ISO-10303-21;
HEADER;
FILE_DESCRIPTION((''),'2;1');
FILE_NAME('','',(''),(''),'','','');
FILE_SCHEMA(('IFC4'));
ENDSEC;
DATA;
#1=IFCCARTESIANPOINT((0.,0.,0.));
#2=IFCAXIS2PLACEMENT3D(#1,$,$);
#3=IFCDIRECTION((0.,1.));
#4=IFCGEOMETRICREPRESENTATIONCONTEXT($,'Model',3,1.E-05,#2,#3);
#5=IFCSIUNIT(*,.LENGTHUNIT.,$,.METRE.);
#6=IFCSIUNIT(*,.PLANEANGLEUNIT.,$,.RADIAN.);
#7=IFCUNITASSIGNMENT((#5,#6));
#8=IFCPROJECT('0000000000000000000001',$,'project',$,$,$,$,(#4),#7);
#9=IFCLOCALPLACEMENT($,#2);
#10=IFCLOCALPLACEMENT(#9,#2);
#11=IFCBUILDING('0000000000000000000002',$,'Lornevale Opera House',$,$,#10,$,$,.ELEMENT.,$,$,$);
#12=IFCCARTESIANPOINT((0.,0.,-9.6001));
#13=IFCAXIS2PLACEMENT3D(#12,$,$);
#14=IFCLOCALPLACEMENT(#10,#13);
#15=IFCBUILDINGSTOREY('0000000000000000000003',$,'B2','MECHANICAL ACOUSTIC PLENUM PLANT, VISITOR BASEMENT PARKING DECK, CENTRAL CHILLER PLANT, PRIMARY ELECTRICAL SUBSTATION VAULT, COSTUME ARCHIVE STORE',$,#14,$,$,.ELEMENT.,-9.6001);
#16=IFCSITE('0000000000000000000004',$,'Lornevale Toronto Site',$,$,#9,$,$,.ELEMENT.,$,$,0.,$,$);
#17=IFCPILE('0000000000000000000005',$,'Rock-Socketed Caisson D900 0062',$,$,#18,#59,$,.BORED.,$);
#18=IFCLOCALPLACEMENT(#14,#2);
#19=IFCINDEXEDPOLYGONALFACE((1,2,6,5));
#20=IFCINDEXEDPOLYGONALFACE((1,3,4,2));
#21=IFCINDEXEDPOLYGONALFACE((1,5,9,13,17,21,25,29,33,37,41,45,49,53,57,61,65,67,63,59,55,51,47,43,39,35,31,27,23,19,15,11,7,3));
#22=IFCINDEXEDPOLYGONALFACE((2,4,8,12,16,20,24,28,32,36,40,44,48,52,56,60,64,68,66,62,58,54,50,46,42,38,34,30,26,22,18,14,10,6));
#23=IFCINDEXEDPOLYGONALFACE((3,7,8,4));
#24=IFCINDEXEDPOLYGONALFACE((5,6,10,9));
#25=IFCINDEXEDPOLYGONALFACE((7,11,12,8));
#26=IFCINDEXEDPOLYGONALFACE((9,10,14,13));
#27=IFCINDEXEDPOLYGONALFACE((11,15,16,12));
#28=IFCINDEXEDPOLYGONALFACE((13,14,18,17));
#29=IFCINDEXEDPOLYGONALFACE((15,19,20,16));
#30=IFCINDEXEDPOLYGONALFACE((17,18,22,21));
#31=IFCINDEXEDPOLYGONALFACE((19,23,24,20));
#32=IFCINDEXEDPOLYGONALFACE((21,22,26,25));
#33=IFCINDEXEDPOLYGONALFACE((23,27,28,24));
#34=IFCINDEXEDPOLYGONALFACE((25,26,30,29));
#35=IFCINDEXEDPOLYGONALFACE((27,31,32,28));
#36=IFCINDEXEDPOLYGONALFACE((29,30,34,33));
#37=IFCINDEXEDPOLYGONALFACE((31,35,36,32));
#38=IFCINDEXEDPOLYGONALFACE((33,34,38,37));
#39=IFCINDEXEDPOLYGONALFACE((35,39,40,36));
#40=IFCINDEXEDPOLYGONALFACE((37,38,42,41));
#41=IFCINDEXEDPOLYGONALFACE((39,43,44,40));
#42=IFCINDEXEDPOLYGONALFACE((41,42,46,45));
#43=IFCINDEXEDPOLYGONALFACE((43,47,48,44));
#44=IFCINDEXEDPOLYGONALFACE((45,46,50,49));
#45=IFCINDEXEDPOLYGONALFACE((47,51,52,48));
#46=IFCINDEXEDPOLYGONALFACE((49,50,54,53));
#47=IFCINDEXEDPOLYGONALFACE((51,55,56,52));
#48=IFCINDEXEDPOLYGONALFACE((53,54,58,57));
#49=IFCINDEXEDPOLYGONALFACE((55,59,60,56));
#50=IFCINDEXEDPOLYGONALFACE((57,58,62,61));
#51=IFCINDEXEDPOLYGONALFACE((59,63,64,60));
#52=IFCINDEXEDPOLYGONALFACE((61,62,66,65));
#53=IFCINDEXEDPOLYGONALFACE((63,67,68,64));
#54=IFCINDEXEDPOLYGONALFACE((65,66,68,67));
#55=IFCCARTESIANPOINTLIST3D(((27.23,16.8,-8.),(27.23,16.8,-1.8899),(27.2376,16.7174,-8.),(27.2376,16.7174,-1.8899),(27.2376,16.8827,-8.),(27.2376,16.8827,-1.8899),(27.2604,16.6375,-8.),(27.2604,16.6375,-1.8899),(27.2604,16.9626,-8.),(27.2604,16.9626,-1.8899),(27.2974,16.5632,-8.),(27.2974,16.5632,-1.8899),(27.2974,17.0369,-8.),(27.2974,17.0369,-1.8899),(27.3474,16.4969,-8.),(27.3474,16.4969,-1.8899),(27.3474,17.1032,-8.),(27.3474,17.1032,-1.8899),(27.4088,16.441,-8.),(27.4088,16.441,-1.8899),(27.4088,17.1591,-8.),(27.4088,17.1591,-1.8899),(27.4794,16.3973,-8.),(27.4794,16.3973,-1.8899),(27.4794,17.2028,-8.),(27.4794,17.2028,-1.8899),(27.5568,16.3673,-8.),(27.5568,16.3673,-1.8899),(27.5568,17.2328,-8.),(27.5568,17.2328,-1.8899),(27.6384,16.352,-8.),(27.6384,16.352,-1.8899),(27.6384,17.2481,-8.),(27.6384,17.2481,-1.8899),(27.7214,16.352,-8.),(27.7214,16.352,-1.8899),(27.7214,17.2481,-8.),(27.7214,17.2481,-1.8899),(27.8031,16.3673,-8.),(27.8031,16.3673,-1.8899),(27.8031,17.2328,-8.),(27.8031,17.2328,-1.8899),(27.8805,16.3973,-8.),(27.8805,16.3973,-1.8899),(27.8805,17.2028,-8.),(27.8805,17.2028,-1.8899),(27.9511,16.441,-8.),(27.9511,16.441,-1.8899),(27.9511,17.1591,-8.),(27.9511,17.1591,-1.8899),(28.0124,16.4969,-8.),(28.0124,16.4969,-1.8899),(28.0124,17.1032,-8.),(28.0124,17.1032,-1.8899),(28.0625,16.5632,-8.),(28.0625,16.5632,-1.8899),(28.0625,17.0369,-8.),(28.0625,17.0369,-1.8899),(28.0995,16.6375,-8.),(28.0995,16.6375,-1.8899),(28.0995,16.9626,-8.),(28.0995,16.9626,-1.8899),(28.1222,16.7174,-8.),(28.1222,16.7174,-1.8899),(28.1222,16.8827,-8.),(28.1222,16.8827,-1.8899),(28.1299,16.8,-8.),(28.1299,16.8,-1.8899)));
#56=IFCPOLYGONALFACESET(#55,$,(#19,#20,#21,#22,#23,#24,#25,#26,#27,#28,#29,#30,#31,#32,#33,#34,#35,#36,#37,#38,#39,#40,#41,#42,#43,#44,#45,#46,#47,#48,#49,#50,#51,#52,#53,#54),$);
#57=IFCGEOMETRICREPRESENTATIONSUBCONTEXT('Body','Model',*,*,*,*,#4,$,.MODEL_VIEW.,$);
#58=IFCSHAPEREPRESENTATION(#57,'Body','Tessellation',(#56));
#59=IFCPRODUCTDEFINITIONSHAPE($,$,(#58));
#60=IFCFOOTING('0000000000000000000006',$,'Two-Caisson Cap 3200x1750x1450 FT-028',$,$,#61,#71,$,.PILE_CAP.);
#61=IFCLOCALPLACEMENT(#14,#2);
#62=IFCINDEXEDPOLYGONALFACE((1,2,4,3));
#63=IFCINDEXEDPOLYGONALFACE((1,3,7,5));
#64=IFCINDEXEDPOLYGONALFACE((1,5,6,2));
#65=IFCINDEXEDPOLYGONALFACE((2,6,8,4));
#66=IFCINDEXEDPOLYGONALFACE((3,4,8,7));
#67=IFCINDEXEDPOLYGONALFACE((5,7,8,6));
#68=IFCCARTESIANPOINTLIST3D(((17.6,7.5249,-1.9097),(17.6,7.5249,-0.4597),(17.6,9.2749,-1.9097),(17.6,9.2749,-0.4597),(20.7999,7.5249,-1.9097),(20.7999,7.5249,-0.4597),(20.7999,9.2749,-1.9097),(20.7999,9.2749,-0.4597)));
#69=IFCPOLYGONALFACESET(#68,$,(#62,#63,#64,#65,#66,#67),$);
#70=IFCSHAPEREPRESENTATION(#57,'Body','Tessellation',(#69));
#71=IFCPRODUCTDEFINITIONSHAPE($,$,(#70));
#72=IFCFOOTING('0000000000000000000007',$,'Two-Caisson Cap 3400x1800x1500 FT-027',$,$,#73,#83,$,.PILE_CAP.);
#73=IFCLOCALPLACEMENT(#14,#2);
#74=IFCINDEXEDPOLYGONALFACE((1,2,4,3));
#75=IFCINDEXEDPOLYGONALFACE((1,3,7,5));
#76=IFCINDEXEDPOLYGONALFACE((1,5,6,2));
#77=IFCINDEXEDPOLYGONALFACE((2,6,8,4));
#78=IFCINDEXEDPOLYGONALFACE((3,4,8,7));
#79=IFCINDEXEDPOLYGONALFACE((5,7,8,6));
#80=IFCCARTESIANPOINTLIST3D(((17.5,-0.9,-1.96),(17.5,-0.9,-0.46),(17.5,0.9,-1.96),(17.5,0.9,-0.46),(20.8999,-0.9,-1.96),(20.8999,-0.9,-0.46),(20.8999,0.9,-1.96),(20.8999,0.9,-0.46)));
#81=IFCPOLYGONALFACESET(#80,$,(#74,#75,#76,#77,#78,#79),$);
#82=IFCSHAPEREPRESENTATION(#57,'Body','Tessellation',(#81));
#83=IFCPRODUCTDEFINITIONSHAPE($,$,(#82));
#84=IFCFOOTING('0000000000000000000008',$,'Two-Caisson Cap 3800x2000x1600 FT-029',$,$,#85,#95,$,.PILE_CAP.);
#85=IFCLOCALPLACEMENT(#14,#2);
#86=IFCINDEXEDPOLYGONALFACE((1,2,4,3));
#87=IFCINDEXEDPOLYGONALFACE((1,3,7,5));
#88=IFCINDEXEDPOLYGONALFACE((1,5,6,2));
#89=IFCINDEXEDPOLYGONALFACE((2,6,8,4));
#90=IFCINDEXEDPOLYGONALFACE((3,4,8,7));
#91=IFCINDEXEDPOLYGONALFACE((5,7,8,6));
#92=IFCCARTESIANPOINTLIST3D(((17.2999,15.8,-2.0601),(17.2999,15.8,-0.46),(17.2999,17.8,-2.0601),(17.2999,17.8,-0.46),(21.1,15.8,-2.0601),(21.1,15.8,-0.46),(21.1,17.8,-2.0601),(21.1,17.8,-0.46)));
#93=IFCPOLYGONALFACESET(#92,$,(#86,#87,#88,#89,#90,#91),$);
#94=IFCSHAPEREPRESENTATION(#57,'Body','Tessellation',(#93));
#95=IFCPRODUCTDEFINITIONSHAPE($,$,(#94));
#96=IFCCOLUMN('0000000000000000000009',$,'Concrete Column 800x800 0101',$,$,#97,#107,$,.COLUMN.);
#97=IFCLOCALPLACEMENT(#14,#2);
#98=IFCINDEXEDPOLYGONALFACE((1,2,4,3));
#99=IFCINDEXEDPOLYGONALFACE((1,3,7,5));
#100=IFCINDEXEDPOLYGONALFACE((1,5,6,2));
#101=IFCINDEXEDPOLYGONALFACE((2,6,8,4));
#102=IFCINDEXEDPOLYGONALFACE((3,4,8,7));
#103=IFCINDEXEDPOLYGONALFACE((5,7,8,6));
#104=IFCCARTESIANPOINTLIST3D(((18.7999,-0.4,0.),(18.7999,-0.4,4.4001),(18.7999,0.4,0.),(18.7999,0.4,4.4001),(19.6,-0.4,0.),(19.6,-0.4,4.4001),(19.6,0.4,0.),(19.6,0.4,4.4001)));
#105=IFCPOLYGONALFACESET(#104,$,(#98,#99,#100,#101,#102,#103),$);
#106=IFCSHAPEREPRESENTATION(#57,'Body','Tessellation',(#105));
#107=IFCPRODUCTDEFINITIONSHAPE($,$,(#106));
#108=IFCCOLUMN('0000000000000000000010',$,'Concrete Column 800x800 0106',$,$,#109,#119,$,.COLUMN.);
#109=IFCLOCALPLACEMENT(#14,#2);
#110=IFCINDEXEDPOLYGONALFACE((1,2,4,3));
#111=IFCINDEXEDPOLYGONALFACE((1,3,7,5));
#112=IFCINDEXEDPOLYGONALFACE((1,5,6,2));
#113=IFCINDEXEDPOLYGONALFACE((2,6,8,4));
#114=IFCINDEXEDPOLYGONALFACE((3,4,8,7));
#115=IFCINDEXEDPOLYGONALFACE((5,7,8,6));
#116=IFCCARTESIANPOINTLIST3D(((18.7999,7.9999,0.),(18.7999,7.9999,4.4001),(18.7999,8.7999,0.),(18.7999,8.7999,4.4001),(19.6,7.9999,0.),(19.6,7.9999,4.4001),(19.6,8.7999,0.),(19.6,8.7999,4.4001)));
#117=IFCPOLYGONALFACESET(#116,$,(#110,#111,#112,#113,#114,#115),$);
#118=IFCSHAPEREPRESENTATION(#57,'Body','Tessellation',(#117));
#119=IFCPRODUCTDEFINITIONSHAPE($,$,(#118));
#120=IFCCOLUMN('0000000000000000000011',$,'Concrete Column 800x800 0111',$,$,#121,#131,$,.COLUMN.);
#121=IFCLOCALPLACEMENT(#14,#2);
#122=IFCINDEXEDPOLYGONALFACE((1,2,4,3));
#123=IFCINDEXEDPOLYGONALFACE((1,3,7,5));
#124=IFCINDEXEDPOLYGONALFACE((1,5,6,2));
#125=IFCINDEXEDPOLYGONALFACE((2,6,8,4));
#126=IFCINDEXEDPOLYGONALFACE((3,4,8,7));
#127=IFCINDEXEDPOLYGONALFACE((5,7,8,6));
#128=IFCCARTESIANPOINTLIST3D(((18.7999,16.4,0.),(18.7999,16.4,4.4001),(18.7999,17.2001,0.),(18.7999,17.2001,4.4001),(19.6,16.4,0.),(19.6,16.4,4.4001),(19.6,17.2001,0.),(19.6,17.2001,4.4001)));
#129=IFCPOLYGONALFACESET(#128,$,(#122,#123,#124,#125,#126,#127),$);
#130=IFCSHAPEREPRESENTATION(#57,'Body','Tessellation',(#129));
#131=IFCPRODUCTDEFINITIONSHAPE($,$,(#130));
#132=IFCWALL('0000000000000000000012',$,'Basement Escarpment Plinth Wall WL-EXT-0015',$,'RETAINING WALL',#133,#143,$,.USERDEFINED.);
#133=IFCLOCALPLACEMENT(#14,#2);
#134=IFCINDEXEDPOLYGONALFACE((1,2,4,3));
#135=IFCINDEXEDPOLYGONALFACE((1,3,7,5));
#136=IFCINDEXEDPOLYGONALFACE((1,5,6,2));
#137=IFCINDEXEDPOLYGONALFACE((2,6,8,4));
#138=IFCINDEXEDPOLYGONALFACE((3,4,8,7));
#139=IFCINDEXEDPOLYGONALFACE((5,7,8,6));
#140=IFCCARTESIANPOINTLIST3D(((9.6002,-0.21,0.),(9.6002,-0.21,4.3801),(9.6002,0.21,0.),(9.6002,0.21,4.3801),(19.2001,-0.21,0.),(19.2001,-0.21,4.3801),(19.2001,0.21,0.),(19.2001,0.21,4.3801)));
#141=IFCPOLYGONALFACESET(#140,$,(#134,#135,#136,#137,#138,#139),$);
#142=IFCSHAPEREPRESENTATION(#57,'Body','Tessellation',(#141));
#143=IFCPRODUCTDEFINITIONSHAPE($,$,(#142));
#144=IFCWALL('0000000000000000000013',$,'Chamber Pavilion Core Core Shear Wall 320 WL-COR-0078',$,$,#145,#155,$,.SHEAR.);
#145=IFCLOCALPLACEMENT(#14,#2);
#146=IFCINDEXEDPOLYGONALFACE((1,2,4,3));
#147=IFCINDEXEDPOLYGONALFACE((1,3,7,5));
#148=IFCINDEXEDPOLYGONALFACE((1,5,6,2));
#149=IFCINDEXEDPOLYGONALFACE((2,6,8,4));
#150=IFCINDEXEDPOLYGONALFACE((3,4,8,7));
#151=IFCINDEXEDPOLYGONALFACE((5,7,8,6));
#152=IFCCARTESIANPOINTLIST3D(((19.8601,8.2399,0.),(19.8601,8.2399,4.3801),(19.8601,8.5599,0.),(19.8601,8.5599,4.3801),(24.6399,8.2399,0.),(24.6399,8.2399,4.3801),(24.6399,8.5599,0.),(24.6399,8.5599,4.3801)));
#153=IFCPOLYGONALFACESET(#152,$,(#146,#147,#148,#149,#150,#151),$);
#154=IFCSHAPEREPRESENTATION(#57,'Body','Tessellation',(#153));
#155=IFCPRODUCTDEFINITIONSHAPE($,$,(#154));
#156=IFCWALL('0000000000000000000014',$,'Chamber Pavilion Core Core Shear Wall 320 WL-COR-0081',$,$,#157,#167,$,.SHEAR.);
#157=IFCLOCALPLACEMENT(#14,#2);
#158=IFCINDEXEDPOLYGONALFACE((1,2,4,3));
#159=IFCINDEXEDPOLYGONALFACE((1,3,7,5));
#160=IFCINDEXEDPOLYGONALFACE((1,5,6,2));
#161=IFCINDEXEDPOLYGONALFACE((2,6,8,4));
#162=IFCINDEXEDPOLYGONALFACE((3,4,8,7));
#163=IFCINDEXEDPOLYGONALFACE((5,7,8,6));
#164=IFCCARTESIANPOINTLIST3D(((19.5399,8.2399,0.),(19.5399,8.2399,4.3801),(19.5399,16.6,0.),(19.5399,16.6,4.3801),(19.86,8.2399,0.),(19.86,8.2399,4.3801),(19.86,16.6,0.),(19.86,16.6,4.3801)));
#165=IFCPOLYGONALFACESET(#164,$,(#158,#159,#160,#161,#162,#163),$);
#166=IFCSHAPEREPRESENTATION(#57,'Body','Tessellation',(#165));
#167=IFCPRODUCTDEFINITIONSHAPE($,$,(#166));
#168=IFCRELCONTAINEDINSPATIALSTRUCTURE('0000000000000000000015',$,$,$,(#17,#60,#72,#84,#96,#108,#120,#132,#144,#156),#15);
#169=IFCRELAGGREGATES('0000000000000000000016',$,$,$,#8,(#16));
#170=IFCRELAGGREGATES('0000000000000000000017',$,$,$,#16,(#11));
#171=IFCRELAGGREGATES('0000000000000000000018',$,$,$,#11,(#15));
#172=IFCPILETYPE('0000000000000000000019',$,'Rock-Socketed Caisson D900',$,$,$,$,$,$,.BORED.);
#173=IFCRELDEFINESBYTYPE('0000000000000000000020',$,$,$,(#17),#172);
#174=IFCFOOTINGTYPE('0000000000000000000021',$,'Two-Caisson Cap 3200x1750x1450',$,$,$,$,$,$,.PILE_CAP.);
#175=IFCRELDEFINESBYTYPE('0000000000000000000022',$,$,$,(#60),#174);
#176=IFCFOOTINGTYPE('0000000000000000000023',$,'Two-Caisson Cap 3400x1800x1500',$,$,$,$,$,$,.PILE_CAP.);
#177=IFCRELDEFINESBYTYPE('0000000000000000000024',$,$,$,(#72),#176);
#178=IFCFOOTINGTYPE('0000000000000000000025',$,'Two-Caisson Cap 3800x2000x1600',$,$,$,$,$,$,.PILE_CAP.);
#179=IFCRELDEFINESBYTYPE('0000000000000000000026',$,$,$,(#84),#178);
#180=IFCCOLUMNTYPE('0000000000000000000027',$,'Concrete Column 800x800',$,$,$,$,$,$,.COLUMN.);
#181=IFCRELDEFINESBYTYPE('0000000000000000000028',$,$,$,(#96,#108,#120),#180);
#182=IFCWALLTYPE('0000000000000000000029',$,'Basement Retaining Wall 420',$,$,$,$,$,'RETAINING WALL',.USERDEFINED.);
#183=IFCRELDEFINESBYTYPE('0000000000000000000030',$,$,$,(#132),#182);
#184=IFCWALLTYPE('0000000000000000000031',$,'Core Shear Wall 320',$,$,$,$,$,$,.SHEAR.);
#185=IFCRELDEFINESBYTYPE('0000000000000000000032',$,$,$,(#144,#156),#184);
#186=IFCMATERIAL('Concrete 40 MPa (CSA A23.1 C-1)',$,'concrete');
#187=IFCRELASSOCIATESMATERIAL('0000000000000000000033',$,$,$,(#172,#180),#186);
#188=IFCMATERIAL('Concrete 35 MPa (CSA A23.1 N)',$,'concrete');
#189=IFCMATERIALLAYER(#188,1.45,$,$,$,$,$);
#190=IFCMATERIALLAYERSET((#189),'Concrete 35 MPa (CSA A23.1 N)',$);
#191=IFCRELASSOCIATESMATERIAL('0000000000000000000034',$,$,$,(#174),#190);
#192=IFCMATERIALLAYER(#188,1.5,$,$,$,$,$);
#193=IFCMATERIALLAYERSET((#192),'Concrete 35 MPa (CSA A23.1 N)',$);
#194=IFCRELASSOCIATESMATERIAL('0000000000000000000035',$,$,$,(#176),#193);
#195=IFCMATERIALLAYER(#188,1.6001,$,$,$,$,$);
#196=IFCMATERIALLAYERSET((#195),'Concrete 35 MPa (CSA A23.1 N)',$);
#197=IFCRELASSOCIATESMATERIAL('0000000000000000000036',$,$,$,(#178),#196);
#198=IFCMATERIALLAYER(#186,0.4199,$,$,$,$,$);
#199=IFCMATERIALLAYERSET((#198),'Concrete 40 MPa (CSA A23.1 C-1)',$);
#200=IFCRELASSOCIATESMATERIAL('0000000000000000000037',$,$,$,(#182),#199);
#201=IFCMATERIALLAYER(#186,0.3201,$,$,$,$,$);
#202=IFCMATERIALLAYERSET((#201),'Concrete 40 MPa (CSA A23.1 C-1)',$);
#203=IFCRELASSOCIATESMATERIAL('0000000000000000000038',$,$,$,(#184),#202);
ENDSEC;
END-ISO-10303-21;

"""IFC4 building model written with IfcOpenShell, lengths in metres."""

from ifc_helpers import new_model, si_unit, direction, frame, frame_2d, origin, origin_2d, place, context, subcontext, project, spatial, rectangle, circle, extrude, material, layer, layer_set, material_profile, profile_set, type_object, element, save


model = new_model("IFC4")

# Units and contexts
model_context = context("Model", 3, precision=1e-05, world=origin(), true_north=direction((0.0, 1.0)))
body_context = subcontext(model_context, "Body", "Model", "MODEL_VIEW")
ifc_project = project(units=[si_unit("LENGTHUNIT", "METRE"), si_unit("PLANEANGLEUNIT", "RADIAN")], contexts=[model_context])

# Site, building, storey
site_placement = place(None, origin())
site = spatial("IfcSite", under=ifc_project, at=site_placement, Name="Lornevale Toronto Site", CompositionType="ELEMENT", RefElevation=0.0)
building_placement = place(site_placement, origin())
building = spatial("IfcBuilding", under=site, at=building_placement, Name="Lornevale Opera House", CompositionType="ELEMENT")
storey_placement = place(building_placement, frame((0.0, 0.0, -9.6001)))
storey = spatial("IfcBuildingStorey", under=building, at=storey_placement, Name="B2", Description="MECHANICAL ACOUSTIC PLENUM PLANT, VISITOR BASEMENT PARKING DECK, CENTRAL CHILLER PLANT, PRIMARY ELECTRICAL SUBSTATION VAULT, COSTUME ARCHIVE STORE", CompositionType="ELEMENT", Elevation=-9.6001)

# Shared definitions
ifc_material_1 = material(Name="Concrete 35 MPa (CSA A23.1 N)", Category="concrete")

# Pile
ifc_material_2 = material(Name="Concrete 40 MPa (CSA A23.1 C-1)", Category="concrete")
ifc_material_profile_1 = material_profile(ifc_material_2, circle(Radius=0.45, at=origin_2d()), Name="CAIS900")
ifc_profile_set_1 = profile_set([ifc_material_profile_1], Name="Concrete 40 MPa (CSA A23.1 C-1)")
pile_type_1 = type_object("IfcPileType", Name="Rock-Socketed Caisson D900", PredefinedType="BORED", material=ifc_profile_set_1)
pile_placement = place(storey_placement, frame((27.6799, 16.8, -1.8899), z_axis=(0.0, 0.0, -1.0), x_axis=(1.0, 0.0, 0.0)))
element("IfcPile", 1, at=pile_placement, inside=storey, type_object=pile_type_1, Name="Rock-Socketed Caisson D900 0062", PredefinedType="BORED", context=body_context, shape_type="SweptSolid", body=[
    extrude(circle(Radius=0.45, at=origin_2d()), origin(), (0.0, 0.0, 1.0), 6.1101),
])

# Footings
ifc_layer_1 = layer(ifc_material_1, 1.45)
ifc_layer_set_1 = layer_set([ifc_layer_1], Name="Concrete 35 MPa (CSA A23.1 N)")
footing_type_1 = type_object("IfcFootingType", Name="Two-Caisson Cap 3200x1750x1450", PredefinedType="PILE_CAP", material=ifc_layer_set_1)
footing_1_placement = place(storey_placement, frame((19.2, 8.3999, -1.9097), z_axis=(0.0, 0.0, 1.0), x_axis=(1.0, 0.0, 0.0)))
element("IfcFooting", 2, at=footing_1_placement, inside=storey, type_object=footing_type_1, Name="Two-Caisson Cap 3200x1750x1450 FT-028", PredefinedType="PILE_CAP", context=body_context, shape_type="SweptSolid", body=[
    extrude(rectangle(XDim=3.2, YDim=1.75, at=origin_2d()), origin(), (0.0, 0.0, 1.0), 1.45),
])
ifc_layer_2 = layer(ifc_material_1, 1.5)
ifc_layer_set_2 = layer_set([ifc_layer_2], Name="Concrete 35 MPa (CSA A23.1 N)")
footing_type_2 = type_object("IfcFootingType", Name="Two-Caisson Cap 3400x1800x1500", PredefinedType="PILE_CAP", material=ifc_layer_set_2)
footing_2_placement = place(storey_placement, frame((19.2, 0.0, -1.96), z_axis=(0.0, 0.0, 1.0), x_axis=(1.0, 0.0, 0.0)))
element("IfcFooting", 3, at=footing_2_placement, inside=storey, type_object=footing_type_2, Name="Two-Caisson Cap 3400x1800x1500 FT-027", PredefinedType="PILE_CAP", context=body_context, shape_type="SweptSolid", body=[
    extrude(rectangle(XDim=3.3999, YDim=1.8, at=origin_2d()), origin(), (0.0, 0.0, 1.0), 1.5),
])
ifc_layer_3 = layer(ifc_material_1, 1.6001)
ifc_layer_set_3 = layer_set([ifc_layer_3], Name="Concrete 35 MPa (CSA A23.1 N)")
footing_type_3 = type_object("IfcFootingType", Name="Two-Caisson Cap 3800x2000x1600", PredefinedType="PILE_CAP", material=ifc_layer_set_3)
footing_3_placement = place(storey_placement, frame((19.2, 16.8, -2.0601), z_axis=(0.0, 0.0, 1.0), x_axis=(1.0, 0.0, 0.0)))
element("IfcFooting", 4, at=footing_3_placement, inside=storey, type_object=footing_type_3, Name="Two-Caisson Cap 3800x2000x1600 FT-029", PredefinedType="PILE_CAP", context=body_context, shape_type="SweptSolid", body=[
    extrude(rectangle(XDim=3.8, YDim=2.0, at=origin_2d()), origin(), (0.0, 0.0, 1.0), 1.6001),
])

# Columns
ifc_material_profile_2 = material_profile(ifc_material_2, rectangle(XDim=0.8, YDim=0.8, at=origin_2d()), Name="RC800x800")
ifc_profile_set_2 = profile_set([ifc_material_profile_2], Name="Concrete 40 MPa (CSA A23.1 C-1)")
column_type = type_object("IfcColumnType", Name="Concrete Column 800x800", PredefinedType="COLUMN", material=ifc_profile_set_2)
for number, where, z_axis, x_axis, name in (
    (5, (19.2, 0.0, 0.0), (0.0, 0.0, 1.0), (1.0, 0.0, 0.0), "Concrete Column 800x800 0101"),
    (6, (19.2, 8.3999, 0.0), (0.0, 0.0, 1.0), (1.0, 0.0, 0.0), "Concrete Column 800x800 0106"),
    (7, (19.2, 16.8, 0.0), (0.0, 0.0, 1.0), (1.0, 0.0, 0.0), "Concrete Column 800x800 0111"),
):
    element("IfcColumn", number, at=place(storey_placement, frame(where, z_axis=z_axis, x_axis=x_axis)), inside=storey, type_object=column_type, Name=name, PredefinedType="COLUMN", context=body_context, shape_type="SweptSolid", body=[
        extrude(rectangle(XDim=0.8, YDim=0.8, at=origin_2d()), origin(), (0.0, 0.0, 1.0), 4.4001),
    ])

# Walls
ifc_layer_4 = layer(ifc_material_2, 0.4199)
ifc_layer_set_4 = layer_set([ifc_layer_4], Name="Concrete 40 MPa (CSA A23.1 C-1)")
wall_type_1 = type_object("IfcWallType", Name="Basement Retaining Wall 420", ElementType="RETAINING WALL", PredefinedType="USERDEFINED", material=ifc_layer_set_4)
wall_1_placement = place(storey_placement, frame((19.2, 0.0, 0.0), z_axis=(0.0, 0.0, 1.0), x_axis=(-1.0, 0.0, 0.0)))
element("IfcWall", 8, at=wall_1_placement, inside=storey, type_object=wall_type_1, Name="Basement Escarpment Plinth Wall WL-EXT-0015", ObjectType="RETAINING WALL", PredefinedType="USERDEFINED", context=body_context, shape_type="SweptSolid", body=[
    extrude(rectangle(XDim=9.5999, YDim=0.4199, at=frame_2d((4.7998, 0.0))), origin(), (0.0, 0.0, 1.0), 4.3801),
])
ifc_layer_5 = layer(ifc_material_2, 0.3201)
ifc_layer_set_5 = layer_set([ifc_layer_5], Name="Concrete 40 MPa (CSA A23.1 C-1)")
wall_type_2 = type_object("IfcWallType", Name="Core Shear Wall 320", PredefinedType="SHEAR", material=ifc_layer_set_5)
wall_2_placement = place(storey_placement, frame((19.8601, 8.3999, 0.0), z_axis=(0.0, 0.0, 1.0), x_axis=(1.0, 0.0, 0.0)))
element("IfcWall", 9, at=wall_2_placement, inside=storey, type_object=wall_type_2, Name="Chamber Pavilion Core Core Shear Wall 320 WL-COR-0078", PredefinedType="SHEAR", context=body_context, shape_type="SweptSolid", body=[
    extrude(rectangle(XDim=4.7798, YDim=0.3201, at=frame_2d((2.3899, 0.0))), origin(), (0.0, 0.0, 1.0), 4.3801),
])
wall_3_placement = place(storey_placement, frame((19.7, 16.6001, 0.0), z_axis=(0.0, 0.0, 1.0), x_axis=(0.0, -1.0, 0.0)))
element("IfcWall", 10, at=wall_3_placement, inside=storey, type_object=wall_type_2, Name="Chamber Pavilion Core Core Shear Wall 320 WL-COR-0081", PredefinedType="SHEAR", context=body_context, shape_type="SweptSolid", body=[
    extrude(rectangle(XDim=8.3601, YDim=0.3201, at=frame_2d((4.1802, 0.0))), origin(), (0.0, 0.0, 1.0), 4.3801),
])

save(model, "model.ifc")
